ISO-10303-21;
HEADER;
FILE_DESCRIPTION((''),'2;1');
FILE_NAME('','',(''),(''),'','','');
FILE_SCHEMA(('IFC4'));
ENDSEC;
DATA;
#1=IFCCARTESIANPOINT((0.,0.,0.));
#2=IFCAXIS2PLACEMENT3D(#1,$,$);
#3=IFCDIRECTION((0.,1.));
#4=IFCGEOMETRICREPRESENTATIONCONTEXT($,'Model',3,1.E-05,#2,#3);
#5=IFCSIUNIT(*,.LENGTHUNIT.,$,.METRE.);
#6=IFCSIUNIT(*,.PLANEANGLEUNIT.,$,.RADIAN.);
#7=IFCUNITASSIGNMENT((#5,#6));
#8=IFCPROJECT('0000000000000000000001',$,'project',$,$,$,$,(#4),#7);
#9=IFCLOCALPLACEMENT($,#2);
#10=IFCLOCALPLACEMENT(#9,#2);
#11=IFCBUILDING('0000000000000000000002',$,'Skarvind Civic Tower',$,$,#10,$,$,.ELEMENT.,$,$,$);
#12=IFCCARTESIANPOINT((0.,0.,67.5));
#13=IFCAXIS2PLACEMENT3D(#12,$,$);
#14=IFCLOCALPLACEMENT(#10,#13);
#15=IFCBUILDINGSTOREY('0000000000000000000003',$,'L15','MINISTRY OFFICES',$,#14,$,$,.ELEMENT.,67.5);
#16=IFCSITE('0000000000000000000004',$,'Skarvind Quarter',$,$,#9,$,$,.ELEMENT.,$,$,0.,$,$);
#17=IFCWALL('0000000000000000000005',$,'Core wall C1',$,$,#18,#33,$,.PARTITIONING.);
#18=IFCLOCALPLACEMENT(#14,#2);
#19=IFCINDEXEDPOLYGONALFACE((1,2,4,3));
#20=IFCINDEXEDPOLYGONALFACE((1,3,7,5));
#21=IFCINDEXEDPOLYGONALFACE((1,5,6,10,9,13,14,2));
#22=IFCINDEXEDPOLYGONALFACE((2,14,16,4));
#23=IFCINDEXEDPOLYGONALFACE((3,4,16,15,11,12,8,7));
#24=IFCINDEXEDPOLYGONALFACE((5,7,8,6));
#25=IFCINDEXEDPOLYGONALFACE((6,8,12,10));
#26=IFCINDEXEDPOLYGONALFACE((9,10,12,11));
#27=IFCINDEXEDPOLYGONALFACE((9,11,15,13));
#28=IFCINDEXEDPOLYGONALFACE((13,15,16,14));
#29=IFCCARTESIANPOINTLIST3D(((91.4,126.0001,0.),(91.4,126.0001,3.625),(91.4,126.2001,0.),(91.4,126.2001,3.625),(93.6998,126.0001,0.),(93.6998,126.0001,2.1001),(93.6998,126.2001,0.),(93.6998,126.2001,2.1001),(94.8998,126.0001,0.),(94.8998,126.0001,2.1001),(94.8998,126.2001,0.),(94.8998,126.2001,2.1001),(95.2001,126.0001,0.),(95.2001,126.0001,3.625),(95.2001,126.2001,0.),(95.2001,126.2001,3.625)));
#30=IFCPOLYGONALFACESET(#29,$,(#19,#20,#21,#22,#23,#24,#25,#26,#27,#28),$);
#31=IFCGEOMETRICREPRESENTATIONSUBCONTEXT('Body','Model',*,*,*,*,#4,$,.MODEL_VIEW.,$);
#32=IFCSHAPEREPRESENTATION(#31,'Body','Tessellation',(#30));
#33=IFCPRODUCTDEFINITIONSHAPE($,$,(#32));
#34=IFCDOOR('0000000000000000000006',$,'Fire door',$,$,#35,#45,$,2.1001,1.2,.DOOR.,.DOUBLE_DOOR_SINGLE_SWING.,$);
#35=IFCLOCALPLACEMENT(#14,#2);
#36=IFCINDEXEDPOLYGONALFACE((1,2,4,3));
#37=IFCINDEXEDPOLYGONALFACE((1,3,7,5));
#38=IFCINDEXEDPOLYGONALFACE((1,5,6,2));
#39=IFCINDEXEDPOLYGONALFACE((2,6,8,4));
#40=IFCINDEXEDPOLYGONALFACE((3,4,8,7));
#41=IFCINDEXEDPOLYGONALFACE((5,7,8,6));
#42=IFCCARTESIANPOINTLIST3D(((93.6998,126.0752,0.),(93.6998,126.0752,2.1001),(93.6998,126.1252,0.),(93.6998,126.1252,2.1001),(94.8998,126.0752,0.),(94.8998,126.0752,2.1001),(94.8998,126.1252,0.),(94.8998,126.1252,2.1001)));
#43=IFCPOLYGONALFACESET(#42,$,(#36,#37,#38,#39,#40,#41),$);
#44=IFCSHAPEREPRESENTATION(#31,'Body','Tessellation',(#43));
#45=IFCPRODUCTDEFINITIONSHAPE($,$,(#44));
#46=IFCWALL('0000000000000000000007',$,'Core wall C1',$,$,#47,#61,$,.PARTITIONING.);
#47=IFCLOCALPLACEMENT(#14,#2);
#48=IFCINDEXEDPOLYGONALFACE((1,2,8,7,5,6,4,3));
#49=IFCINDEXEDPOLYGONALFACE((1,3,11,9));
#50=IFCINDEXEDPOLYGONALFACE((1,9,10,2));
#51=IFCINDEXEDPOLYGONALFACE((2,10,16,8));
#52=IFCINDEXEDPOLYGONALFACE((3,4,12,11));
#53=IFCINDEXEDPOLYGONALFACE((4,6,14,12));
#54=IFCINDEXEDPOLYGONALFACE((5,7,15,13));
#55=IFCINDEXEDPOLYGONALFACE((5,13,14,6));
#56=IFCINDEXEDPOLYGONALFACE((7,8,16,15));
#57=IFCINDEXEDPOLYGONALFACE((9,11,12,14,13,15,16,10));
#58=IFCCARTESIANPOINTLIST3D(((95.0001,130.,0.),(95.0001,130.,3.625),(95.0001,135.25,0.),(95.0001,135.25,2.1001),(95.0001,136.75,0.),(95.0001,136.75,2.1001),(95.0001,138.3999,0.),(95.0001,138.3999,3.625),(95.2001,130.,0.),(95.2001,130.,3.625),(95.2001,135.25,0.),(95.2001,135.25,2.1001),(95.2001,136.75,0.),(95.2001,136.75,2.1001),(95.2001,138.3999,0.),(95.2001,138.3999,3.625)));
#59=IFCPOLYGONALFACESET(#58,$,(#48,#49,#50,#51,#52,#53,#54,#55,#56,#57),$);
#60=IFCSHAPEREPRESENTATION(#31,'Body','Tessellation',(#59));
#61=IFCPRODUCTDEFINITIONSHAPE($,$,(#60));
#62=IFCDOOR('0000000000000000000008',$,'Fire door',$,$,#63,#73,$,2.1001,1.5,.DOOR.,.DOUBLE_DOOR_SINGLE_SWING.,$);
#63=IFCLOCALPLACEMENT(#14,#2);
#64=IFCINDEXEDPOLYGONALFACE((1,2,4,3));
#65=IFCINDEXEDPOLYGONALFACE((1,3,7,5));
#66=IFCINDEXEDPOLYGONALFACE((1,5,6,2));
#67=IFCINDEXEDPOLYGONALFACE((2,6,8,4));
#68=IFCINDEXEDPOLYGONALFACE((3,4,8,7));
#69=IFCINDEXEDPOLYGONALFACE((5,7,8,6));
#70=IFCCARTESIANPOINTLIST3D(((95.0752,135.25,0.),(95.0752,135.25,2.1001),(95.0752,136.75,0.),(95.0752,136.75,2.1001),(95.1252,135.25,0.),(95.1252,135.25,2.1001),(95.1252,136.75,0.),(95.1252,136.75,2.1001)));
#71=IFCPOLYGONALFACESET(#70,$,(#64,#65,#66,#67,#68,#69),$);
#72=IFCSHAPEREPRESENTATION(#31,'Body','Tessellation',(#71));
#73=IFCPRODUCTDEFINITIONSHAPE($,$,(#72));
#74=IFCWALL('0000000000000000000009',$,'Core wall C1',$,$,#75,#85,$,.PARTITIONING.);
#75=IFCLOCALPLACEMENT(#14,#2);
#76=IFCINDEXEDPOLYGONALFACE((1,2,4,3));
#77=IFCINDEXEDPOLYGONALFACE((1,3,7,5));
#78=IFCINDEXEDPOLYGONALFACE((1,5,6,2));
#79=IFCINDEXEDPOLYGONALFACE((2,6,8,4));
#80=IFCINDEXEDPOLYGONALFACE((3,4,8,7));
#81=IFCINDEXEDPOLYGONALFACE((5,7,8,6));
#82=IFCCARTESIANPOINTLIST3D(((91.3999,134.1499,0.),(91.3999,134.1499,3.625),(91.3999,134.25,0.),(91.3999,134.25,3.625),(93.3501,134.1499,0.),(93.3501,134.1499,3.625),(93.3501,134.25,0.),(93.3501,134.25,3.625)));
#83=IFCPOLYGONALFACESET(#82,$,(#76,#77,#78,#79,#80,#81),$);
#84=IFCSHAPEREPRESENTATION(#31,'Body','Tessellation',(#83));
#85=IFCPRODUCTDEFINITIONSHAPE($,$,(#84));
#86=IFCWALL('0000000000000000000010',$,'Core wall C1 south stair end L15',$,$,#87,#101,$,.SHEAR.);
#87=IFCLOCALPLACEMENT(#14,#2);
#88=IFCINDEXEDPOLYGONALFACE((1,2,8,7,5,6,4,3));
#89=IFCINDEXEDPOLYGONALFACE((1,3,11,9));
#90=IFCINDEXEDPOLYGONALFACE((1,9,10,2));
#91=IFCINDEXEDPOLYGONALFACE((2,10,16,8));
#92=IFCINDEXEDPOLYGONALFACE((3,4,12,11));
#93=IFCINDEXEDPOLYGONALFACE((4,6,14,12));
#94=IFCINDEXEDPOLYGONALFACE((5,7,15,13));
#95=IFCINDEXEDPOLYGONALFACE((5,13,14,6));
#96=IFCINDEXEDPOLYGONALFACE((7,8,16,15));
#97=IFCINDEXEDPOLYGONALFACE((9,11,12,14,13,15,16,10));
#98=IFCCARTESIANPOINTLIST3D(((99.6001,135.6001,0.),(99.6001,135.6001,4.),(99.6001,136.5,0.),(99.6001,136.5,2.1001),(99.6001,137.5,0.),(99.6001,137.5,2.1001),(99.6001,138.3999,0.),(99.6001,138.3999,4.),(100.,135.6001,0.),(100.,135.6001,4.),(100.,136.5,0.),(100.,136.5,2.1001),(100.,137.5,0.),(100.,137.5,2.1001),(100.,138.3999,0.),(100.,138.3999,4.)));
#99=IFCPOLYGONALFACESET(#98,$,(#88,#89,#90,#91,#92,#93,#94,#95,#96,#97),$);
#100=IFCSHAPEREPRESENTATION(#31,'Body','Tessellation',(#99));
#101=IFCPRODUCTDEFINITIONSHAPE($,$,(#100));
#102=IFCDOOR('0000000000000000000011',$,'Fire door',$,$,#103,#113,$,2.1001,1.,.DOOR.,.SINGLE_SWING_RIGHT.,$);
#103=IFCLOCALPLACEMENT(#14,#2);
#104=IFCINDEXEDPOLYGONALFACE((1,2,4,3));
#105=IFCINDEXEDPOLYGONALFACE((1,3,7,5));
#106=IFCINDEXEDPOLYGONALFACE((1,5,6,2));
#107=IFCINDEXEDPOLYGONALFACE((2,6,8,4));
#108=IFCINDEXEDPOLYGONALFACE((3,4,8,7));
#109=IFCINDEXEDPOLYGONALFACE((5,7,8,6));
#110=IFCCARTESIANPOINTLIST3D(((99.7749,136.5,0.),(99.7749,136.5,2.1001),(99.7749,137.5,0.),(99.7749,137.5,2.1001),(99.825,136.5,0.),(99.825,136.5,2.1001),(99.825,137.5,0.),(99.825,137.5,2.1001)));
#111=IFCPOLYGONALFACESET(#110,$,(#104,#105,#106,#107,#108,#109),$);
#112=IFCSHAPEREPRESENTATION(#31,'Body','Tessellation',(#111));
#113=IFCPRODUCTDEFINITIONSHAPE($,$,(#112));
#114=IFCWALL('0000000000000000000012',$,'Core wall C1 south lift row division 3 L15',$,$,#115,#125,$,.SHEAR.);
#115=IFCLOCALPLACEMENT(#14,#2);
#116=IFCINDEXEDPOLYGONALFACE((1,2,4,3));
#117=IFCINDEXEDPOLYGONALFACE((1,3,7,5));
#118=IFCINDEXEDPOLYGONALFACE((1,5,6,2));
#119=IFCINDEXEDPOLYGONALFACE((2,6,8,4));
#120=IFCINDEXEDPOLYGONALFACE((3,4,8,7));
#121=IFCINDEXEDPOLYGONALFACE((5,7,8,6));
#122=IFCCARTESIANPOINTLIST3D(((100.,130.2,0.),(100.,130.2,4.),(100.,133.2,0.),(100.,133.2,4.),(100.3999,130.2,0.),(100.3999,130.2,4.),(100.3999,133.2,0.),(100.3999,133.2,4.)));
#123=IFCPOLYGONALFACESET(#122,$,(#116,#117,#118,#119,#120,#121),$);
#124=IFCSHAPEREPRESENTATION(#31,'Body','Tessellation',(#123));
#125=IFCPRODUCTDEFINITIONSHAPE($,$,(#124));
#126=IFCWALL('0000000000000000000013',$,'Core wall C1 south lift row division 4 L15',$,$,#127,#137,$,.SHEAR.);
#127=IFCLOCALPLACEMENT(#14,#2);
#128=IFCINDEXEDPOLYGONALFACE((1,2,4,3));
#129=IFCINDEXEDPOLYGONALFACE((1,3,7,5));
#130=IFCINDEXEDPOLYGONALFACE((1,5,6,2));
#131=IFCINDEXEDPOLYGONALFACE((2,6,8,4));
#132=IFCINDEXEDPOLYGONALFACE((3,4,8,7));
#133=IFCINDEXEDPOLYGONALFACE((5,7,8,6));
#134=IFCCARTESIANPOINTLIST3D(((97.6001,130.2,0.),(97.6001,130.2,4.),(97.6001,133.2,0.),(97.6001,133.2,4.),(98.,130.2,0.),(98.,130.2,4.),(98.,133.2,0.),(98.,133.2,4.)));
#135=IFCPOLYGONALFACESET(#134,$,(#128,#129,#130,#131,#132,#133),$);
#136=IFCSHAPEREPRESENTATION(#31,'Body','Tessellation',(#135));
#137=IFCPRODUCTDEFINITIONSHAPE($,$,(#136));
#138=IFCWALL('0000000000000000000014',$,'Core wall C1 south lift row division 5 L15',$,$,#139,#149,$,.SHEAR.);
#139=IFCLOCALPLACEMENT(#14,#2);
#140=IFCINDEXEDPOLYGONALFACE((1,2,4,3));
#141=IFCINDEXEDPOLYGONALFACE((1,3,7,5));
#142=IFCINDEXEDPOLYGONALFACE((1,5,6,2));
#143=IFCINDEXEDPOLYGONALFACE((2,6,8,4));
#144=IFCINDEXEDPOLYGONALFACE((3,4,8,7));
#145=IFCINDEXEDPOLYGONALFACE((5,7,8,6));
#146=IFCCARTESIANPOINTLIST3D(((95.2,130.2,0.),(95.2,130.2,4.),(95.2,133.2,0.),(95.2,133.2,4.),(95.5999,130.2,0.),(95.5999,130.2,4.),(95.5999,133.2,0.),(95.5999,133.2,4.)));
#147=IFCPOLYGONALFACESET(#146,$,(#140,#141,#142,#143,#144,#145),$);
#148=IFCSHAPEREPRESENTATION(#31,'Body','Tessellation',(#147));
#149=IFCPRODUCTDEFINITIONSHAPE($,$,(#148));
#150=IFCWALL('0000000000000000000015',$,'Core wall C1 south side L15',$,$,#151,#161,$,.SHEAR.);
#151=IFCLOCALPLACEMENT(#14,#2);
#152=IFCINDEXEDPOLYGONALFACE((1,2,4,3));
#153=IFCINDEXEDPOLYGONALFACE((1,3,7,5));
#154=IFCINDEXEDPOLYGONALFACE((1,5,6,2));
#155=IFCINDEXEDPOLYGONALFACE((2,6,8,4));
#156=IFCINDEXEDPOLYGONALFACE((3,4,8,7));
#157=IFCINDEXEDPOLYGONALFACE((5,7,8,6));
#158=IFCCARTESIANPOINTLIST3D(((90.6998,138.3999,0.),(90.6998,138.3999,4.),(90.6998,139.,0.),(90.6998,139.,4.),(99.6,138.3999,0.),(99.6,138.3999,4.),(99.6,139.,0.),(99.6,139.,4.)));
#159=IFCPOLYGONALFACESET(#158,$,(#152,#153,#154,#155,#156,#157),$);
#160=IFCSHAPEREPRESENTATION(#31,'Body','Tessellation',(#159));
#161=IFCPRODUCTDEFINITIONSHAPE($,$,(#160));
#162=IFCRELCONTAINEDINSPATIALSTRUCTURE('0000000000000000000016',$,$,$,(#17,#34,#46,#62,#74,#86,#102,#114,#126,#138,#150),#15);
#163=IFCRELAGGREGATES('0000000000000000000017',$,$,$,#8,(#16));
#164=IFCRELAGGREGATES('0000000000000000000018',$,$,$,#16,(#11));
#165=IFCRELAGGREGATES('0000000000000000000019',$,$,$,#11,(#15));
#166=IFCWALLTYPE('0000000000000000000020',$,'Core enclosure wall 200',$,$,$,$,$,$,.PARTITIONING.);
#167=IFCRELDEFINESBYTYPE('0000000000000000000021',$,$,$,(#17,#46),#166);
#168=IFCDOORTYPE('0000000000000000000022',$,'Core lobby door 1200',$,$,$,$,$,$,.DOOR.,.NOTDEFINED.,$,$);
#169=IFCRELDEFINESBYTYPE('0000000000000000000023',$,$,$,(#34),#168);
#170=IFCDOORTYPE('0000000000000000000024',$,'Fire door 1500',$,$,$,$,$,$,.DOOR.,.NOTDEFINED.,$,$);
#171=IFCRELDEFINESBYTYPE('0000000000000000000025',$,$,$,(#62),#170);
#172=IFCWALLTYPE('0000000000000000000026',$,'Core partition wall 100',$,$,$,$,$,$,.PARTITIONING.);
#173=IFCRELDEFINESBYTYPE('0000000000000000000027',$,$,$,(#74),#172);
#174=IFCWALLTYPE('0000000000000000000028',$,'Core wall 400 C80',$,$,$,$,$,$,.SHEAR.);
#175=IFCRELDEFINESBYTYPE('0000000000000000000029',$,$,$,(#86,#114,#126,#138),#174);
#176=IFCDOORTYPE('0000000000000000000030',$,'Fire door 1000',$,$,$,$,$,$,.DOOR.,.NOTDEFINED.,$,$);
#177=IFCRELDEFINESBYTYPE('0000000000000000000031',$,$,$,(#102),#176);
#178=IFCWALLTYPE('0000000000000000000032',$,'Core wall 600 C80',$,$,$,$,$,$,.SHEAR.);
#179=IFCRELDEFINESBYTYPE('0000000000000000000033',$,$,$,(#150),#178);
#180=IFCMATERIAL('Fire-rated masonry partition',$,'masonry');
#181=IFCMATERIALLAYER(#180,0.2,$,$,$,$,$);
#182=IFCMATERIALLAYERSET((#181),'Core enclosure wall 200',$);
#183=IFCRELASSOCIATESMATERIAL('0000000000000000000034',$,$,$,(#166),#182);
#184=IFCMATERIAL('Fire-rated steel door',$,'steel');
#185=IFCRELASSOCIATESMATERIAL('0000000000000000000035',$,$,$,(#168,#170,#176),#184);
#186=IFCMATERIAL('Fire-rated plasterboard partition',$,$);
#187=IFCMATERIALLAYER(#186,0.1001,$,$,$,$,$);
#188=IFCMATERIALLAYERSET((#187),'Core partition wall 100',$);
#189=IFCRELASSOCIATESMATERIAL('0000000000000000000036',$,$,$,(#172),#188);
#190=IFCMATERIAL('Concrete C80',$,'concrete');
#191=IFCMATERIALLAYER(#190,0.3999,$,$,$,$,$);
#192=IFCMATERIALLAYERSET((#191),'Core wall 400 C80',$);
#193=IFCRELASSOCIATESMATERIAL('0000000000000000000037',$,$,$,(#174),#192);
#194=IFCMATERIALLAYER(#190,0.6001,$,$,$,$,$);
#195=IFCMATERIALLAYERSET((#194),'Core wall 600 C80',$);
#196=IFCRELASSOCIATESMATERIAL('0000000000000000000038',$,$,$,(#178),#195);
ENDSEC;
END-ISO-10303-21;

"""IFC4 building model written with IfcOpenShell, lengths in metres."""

from ifc_helpers import new_model, si_unit, direction, frame, frame_2d, origin, place, context, subcontext, project, spatial, rectangle, extrude, material, layer, layer_set, type_object, element, fill, save


model = new_model("IFC4")

# Units and contexts
model_context = context("Model", 3, precision=1e-05, world=origin(), true_north=direction((0.0, 1.0)))
body_context = subcontext(model_context, "Body", "Model", "MODEL_VIEW")
ifc_project = project(units=[si_unit("LENGTHUNIT", "METRE"), si_unit("PLANEANGLEUNIT", "RADIAN")], contexts=[model_context])

# Site, building, storey
site_placement = place(None, origin())
site = spatial("IfcSite", under=ifc_project, at=site_placement, Name="Skarvind Quarter", CompositionType="ELEMENT", RefElevation=0.0)
building_placement = place(site_placement, origin())
building = spatial("IfcBuilding", under=site, at=building_placement, Name="Skarvind Civic Tower", CompositionType="ELEMENT")
storey_placement = place(building_placement, frame((0.0, 0.0, 67.5)))
storey = spatial("IfcBuildingStorey", under=building, at=storey_placement, Name="L15", Description="MINISTRY OFFICES", CompositionType="ELEMENT", Elevation=67.5)

# Walls, openings, doors
ifc_material_1 = material(Name="Fire-rated masonry partition", Category="masonry")
ifc_layer_1 = layer(ifc_material_1, 0.2)
ifc_layer_set_1 = layer_set([ifc_layer_1], Name="Core enclosure wall 200")
wall_type_1 = type_object("IfcWallType", Name="Core enclosure wall 200", PredefinedType="PARTITIONING", material=ifc_layer_set_1)
wall_1_placement = place(storey_placement, frame((95.2, 126.1001, 0.0), z_axis=(0.0, 0.0, 1.0), x_axis=(-1.0, 0.0, 0.0)))
wall_1 = element("IfcWall", 1, at=wall_1_placement, inside=storey, type_object=wall_type_1, Name="Core wall C1", PredefinedType="PARTITIONING", context=body_context, shape_type="SweptSolid", body=[
    extrude(rectangle(XDim=3.8, YDim=0.2, at=frame_2d((1.8999, 0.0))), origin(), (0.0, 0.0, 1.0), 3.625),
])
opening_1_placement = place(wall_1_placement, frame((0.3, 0.0, 0.0)))
opening_1 = element("IfcOpeningElement", 2, at=opening_1_placement, cuts=wall_1, PredefinedType="OPENING", context=body_context, shape_type="SweptSolid", body=[
    extrude(rectangle(XDim=1.2, YDim=2.1001, at=frame_2d((0.6001, 1.05))), frame((0.0, 0.1099, 0.0), z_axis=(0.0, -1.0, 0.0), x_axis=(1.0, 0.0, 0.0)), (0.0, 0.0, 1.0), 0.22),
])
ifc_material_2 = material(Name="Fire-rated steel door", Category="steel")
door_type_1 = type_object("IfcDoorType", Name="Core lobby door 1200", OperationType="NOTDEFINED", PredefinedType="DOOR", material=ifc_material_2)
door_1_placement = place(opening_1_placement, origin())
door_1 = element("IfcDoor", 3, at=door_1_placement, inside=storey, type_object=door_type_1, Name="Fire door", OperationType="DOUBLE_DOOR_SINGLE_SWING", OverallHeight=2.1001, OverallWidth=1.2, PredefinedType="DOOR", context=body_context, shape_type="SweptSolid", body=[
    extrude(rectangle(XDim=1.2, YDim=2.1001, at=frame_2d((0.6001, 1.05))), frame((0.0, 0.0249, 0.0), z_axis=(0.0, -1.0, 0.0), x_axis=(1.0, 0.0, 0.0)), (0.0, 0.0, 1.0), 0.05),
])
fill(opening_1, door_1)
wall_2_placement = place(storey_placement, frame((95.1001, 130.0, 0.0), z_axis=(0.0, 0.0, 1.0), x_axis=(0.0, 1.0, 0.0)))
wall_2 = element("IfcWall", 4, at=wall_2_placement, inside=storey, type_object=wall_type_1, Name="Core wall C1", PredefinedType="PARTITIONING", context=body_context, shape_type="SweptSolid", body=[
    extrude(rectangle(XDim=8.3999, YDim=0.2, at=frame_2d((4.2, 0.0))), origin(), (0.0, 0.0, 1.0), 3.625),
])
opening_2_placement = place(wall_2_placement, frame((5.25, 0.0, 0.0)))
opening_2 = element("IfcOpeningElement", 5, at=opening_2_placement, cuts=wall_2, PredefinedType="OPENING", context=body_context, shape_type="SweptSolid", body=[
    extrude(rectangle(XDim=1.5, YDim=2.1001, at=frame_2d((0.75, 1.05))), frame((0.0, 0.1099, 0.0), z_axis=(0.0, -1.0, 0.0), x_axis=(1.0, 0.0, 0.0)), (0.0, 0.0, 1.0), 0.22),
])
door_type_2 = type_object("IfcDoorType", Name="Fire door 1500", OperationType="NOTDEFINED", PredefinedType="DOOR", material=ifc_material_2)
door_2_placement = place(opening_2_placement, origin())
door_2 = element("IfcDoor", 6, at=door_2_placement, inside=storey, type_object=door_type_2, Name="Fire door", OperationType="DOUBLE_DOOR_SINGLE_SWING", OverallHeight=2.1001, OverallWidth=1.5, PredefinedType="DOOR", context=body_context, shape_type="SweptSolid", body=[
    extrude(rectangle(XDim=1.5, YDim=2.1001, at=frame_2d((0.75, 1.05))), frame((0.0, 0.0249, 0.0), z_axis=(0.0, -1.0, 0.0), x_axis=(1.0, 0.0, 0.0)), (0.0, 0.0, 1.0), 0.05),
])
fill(opening_2, door_2)

# Wall
ifc_material_3 = material(Name="Fire-rated plasterboard partition")
ifc_layer_2 = layer(ifc_material_3, 0.1001)
ifc_layer_set_2 = layer_set([ifc_layer_2], Name="Core partition wall 100")
wall_type_2 = type_object("IfcWallType", Name="Core partition wall 100", PredefinedType="PARTITIONING", material=ifc_layer_set_2)
wall_3_placement = place(storey_placement, frame((91.3999, 134.2, 0.0), z_axis=(0.0, 0.0, 1.0), x_axis=(1.0, 0.0, 0.0)))
element("IfcWall", 7, at=wall_3_placement, inside=storey, type_object=wall_type_2, Name="Core wall C1", PredefinedType="PARTITIONING", context=body_context, shape_type="SweptSolid", body=[
    extrude(rectangle(XDim=1.9502, YDim=0.1001, at=frame_2d((0.9751, 0.0))), origin(), (0.0, 0.0, 1.0), 3.625),
])

# Wall, opening, door
ifc_material_4 = material(Name="Concrete C80", Category="concrete")
ifc_layer_3 = layer(ifc_material_4, 0.3999)
ifc_layer_set_3 = layer_set([ifc_layer_3], Name="Core wall 400 C80")
wall_type_3 = type_object("IfcWallType", Name="Core wall 400 C80", PredefinedType="SHEAR", material=ifc_layer_set_3)
wall_4_placement = place(storey_placement, frame((99.8, 138.3999, 0.0), z_axis=(0.0, 0.0, 1.0), x_axis=(0.0, -1.0, 0.0)))
wall_4 = element("IfcWall", 8, at=wall_4_placement, inside=storey, type_object=wall_type_3, Name="Core wall C1 south stair end L15", PredefinedType="SHEAR", context=body_context, shape_type="SweptSolid", body=[
    extrude(rectangle(XDim=2.7998, YDim=0.3999, at=frame_2d((1.3999, 0.0))), origin(), (0.0, 0.0, 1.0), 4.0),
])
opening_3_placement = place(wall_4_placement, frame((0.8999, 0.0, 0.0)))
opening_3 = element("IfcOpeningElement", 9, at=opening_3_placement, cuts=wall_4, PredefinedType="OPENING", context=body_context, shape_type="SweptSolid", body=[
    extrude(rectangle(XDim=1.0, YDim=2.1001, at=frame_2d((0.5, 1.05))), frame((0.0, 0.21, 0.0), z_axis=(0.0, -1.0, 0.0), x_axis=(1.0, 0.0, 0.0)), (0.0, 0.0, 1.0), 0.4199),
])
door_type_3 = type_object("IfcDoorType", Name="Fire door 1000", OperationType="NOTDEFINED", PredefinedType="DOOR", material=ifc_material_2)
door_3_placement = place(opening_3_placement, origin())
door_3 = element("IfcDoor", 10, at=door_3_placement, inside=storey, type_object=door_type_3, Name="Fire door", OperationType="SINGLE_SWING_RIGHT", OverallHeight=2.1001, OverallWidth=1.0, PredefinedType="DOOR", context=body_context, shape_type="SweptSolid", body=[
    extrude(rectangle(XDim=1.0, YDim=2.1001, at=frame_2d((0.5, 1.05))), frame((0.0, 0.0249, 0.0), z_axis=(0.0, -1.0, 0.0), x_axis=(1.0, 0.0, 0.0)), (0.0, 0.0, 1.0), 0.05),
])
fill(opening_3, door_3)

# Walls
for number, where, z_axis, x_axis, name in (
    (11, (100.2, 133.2, 0.0), (0.0, 0.0, 1.0), (0.0, -1.0, 0.0), "Core wall C1 south lift row division 3 L15"),
    (12, (97.8, 133.2, 0.0), (0.0, 0.0, 1.0), (0.0, -1.0, 0.0), "Core wall C1 south lift row division 4 L15"),
    (13, (95.3999, 133.2, 0.0), (0.0, 0.0, 1.0), (0.0, -1.0, 0.0), "Core wall C1 south lift row division 5 L15"),
):
    element("IfcWall", number, at=place(storey_placement, frame(where, z_axis=z_axis, x_axis=x_axis)), inside=storey, type_object=wall_type_3, Name=name, PredefinedType="SHEAR", context=body_context, shape_type="SweptSolid", body=[
        extrude(rectangle(XDim=3.0, YDim=0.3999, at=frame_2d((1.5, 0.0))), origin(), (0.0, 0.0, 1.0), 4.0),
    ])
ifc_layer_4 = layer(ifc_material_4, 0.6001)
ifc_layer_set_4 = layer_set([ifc_layer_4], Name="Core wall 600 C80")
wall_type_4 = type_object("IfcWallType", Name="Core wall 600 C80", PredefinedType="SHEAR", material=ifc_layer_set_4)
wall_5_placement = place(storey_placement, frame((99.6001, 138.7, 0.0), z_axis=(0.0, 0.0, 1.0), x_axis=(-1.0, 0.0, 0.0)))
element("IfcWall", 14, at=wall_5_placement, inside=storey, type_object=wall_type_4, Name="Core wall C1 south side L15", PredefinedType="SHEAR", context=body_context, shape_type="SweptSolid", body=[
    extrude(rectangle(XDim=8.9001, YDim=0.6001, at=frame_2d((4.4502, 0.0))), origin(), (0.0, 0.0, 1.0), 4.0),
])

save(model, "model.ifc")
